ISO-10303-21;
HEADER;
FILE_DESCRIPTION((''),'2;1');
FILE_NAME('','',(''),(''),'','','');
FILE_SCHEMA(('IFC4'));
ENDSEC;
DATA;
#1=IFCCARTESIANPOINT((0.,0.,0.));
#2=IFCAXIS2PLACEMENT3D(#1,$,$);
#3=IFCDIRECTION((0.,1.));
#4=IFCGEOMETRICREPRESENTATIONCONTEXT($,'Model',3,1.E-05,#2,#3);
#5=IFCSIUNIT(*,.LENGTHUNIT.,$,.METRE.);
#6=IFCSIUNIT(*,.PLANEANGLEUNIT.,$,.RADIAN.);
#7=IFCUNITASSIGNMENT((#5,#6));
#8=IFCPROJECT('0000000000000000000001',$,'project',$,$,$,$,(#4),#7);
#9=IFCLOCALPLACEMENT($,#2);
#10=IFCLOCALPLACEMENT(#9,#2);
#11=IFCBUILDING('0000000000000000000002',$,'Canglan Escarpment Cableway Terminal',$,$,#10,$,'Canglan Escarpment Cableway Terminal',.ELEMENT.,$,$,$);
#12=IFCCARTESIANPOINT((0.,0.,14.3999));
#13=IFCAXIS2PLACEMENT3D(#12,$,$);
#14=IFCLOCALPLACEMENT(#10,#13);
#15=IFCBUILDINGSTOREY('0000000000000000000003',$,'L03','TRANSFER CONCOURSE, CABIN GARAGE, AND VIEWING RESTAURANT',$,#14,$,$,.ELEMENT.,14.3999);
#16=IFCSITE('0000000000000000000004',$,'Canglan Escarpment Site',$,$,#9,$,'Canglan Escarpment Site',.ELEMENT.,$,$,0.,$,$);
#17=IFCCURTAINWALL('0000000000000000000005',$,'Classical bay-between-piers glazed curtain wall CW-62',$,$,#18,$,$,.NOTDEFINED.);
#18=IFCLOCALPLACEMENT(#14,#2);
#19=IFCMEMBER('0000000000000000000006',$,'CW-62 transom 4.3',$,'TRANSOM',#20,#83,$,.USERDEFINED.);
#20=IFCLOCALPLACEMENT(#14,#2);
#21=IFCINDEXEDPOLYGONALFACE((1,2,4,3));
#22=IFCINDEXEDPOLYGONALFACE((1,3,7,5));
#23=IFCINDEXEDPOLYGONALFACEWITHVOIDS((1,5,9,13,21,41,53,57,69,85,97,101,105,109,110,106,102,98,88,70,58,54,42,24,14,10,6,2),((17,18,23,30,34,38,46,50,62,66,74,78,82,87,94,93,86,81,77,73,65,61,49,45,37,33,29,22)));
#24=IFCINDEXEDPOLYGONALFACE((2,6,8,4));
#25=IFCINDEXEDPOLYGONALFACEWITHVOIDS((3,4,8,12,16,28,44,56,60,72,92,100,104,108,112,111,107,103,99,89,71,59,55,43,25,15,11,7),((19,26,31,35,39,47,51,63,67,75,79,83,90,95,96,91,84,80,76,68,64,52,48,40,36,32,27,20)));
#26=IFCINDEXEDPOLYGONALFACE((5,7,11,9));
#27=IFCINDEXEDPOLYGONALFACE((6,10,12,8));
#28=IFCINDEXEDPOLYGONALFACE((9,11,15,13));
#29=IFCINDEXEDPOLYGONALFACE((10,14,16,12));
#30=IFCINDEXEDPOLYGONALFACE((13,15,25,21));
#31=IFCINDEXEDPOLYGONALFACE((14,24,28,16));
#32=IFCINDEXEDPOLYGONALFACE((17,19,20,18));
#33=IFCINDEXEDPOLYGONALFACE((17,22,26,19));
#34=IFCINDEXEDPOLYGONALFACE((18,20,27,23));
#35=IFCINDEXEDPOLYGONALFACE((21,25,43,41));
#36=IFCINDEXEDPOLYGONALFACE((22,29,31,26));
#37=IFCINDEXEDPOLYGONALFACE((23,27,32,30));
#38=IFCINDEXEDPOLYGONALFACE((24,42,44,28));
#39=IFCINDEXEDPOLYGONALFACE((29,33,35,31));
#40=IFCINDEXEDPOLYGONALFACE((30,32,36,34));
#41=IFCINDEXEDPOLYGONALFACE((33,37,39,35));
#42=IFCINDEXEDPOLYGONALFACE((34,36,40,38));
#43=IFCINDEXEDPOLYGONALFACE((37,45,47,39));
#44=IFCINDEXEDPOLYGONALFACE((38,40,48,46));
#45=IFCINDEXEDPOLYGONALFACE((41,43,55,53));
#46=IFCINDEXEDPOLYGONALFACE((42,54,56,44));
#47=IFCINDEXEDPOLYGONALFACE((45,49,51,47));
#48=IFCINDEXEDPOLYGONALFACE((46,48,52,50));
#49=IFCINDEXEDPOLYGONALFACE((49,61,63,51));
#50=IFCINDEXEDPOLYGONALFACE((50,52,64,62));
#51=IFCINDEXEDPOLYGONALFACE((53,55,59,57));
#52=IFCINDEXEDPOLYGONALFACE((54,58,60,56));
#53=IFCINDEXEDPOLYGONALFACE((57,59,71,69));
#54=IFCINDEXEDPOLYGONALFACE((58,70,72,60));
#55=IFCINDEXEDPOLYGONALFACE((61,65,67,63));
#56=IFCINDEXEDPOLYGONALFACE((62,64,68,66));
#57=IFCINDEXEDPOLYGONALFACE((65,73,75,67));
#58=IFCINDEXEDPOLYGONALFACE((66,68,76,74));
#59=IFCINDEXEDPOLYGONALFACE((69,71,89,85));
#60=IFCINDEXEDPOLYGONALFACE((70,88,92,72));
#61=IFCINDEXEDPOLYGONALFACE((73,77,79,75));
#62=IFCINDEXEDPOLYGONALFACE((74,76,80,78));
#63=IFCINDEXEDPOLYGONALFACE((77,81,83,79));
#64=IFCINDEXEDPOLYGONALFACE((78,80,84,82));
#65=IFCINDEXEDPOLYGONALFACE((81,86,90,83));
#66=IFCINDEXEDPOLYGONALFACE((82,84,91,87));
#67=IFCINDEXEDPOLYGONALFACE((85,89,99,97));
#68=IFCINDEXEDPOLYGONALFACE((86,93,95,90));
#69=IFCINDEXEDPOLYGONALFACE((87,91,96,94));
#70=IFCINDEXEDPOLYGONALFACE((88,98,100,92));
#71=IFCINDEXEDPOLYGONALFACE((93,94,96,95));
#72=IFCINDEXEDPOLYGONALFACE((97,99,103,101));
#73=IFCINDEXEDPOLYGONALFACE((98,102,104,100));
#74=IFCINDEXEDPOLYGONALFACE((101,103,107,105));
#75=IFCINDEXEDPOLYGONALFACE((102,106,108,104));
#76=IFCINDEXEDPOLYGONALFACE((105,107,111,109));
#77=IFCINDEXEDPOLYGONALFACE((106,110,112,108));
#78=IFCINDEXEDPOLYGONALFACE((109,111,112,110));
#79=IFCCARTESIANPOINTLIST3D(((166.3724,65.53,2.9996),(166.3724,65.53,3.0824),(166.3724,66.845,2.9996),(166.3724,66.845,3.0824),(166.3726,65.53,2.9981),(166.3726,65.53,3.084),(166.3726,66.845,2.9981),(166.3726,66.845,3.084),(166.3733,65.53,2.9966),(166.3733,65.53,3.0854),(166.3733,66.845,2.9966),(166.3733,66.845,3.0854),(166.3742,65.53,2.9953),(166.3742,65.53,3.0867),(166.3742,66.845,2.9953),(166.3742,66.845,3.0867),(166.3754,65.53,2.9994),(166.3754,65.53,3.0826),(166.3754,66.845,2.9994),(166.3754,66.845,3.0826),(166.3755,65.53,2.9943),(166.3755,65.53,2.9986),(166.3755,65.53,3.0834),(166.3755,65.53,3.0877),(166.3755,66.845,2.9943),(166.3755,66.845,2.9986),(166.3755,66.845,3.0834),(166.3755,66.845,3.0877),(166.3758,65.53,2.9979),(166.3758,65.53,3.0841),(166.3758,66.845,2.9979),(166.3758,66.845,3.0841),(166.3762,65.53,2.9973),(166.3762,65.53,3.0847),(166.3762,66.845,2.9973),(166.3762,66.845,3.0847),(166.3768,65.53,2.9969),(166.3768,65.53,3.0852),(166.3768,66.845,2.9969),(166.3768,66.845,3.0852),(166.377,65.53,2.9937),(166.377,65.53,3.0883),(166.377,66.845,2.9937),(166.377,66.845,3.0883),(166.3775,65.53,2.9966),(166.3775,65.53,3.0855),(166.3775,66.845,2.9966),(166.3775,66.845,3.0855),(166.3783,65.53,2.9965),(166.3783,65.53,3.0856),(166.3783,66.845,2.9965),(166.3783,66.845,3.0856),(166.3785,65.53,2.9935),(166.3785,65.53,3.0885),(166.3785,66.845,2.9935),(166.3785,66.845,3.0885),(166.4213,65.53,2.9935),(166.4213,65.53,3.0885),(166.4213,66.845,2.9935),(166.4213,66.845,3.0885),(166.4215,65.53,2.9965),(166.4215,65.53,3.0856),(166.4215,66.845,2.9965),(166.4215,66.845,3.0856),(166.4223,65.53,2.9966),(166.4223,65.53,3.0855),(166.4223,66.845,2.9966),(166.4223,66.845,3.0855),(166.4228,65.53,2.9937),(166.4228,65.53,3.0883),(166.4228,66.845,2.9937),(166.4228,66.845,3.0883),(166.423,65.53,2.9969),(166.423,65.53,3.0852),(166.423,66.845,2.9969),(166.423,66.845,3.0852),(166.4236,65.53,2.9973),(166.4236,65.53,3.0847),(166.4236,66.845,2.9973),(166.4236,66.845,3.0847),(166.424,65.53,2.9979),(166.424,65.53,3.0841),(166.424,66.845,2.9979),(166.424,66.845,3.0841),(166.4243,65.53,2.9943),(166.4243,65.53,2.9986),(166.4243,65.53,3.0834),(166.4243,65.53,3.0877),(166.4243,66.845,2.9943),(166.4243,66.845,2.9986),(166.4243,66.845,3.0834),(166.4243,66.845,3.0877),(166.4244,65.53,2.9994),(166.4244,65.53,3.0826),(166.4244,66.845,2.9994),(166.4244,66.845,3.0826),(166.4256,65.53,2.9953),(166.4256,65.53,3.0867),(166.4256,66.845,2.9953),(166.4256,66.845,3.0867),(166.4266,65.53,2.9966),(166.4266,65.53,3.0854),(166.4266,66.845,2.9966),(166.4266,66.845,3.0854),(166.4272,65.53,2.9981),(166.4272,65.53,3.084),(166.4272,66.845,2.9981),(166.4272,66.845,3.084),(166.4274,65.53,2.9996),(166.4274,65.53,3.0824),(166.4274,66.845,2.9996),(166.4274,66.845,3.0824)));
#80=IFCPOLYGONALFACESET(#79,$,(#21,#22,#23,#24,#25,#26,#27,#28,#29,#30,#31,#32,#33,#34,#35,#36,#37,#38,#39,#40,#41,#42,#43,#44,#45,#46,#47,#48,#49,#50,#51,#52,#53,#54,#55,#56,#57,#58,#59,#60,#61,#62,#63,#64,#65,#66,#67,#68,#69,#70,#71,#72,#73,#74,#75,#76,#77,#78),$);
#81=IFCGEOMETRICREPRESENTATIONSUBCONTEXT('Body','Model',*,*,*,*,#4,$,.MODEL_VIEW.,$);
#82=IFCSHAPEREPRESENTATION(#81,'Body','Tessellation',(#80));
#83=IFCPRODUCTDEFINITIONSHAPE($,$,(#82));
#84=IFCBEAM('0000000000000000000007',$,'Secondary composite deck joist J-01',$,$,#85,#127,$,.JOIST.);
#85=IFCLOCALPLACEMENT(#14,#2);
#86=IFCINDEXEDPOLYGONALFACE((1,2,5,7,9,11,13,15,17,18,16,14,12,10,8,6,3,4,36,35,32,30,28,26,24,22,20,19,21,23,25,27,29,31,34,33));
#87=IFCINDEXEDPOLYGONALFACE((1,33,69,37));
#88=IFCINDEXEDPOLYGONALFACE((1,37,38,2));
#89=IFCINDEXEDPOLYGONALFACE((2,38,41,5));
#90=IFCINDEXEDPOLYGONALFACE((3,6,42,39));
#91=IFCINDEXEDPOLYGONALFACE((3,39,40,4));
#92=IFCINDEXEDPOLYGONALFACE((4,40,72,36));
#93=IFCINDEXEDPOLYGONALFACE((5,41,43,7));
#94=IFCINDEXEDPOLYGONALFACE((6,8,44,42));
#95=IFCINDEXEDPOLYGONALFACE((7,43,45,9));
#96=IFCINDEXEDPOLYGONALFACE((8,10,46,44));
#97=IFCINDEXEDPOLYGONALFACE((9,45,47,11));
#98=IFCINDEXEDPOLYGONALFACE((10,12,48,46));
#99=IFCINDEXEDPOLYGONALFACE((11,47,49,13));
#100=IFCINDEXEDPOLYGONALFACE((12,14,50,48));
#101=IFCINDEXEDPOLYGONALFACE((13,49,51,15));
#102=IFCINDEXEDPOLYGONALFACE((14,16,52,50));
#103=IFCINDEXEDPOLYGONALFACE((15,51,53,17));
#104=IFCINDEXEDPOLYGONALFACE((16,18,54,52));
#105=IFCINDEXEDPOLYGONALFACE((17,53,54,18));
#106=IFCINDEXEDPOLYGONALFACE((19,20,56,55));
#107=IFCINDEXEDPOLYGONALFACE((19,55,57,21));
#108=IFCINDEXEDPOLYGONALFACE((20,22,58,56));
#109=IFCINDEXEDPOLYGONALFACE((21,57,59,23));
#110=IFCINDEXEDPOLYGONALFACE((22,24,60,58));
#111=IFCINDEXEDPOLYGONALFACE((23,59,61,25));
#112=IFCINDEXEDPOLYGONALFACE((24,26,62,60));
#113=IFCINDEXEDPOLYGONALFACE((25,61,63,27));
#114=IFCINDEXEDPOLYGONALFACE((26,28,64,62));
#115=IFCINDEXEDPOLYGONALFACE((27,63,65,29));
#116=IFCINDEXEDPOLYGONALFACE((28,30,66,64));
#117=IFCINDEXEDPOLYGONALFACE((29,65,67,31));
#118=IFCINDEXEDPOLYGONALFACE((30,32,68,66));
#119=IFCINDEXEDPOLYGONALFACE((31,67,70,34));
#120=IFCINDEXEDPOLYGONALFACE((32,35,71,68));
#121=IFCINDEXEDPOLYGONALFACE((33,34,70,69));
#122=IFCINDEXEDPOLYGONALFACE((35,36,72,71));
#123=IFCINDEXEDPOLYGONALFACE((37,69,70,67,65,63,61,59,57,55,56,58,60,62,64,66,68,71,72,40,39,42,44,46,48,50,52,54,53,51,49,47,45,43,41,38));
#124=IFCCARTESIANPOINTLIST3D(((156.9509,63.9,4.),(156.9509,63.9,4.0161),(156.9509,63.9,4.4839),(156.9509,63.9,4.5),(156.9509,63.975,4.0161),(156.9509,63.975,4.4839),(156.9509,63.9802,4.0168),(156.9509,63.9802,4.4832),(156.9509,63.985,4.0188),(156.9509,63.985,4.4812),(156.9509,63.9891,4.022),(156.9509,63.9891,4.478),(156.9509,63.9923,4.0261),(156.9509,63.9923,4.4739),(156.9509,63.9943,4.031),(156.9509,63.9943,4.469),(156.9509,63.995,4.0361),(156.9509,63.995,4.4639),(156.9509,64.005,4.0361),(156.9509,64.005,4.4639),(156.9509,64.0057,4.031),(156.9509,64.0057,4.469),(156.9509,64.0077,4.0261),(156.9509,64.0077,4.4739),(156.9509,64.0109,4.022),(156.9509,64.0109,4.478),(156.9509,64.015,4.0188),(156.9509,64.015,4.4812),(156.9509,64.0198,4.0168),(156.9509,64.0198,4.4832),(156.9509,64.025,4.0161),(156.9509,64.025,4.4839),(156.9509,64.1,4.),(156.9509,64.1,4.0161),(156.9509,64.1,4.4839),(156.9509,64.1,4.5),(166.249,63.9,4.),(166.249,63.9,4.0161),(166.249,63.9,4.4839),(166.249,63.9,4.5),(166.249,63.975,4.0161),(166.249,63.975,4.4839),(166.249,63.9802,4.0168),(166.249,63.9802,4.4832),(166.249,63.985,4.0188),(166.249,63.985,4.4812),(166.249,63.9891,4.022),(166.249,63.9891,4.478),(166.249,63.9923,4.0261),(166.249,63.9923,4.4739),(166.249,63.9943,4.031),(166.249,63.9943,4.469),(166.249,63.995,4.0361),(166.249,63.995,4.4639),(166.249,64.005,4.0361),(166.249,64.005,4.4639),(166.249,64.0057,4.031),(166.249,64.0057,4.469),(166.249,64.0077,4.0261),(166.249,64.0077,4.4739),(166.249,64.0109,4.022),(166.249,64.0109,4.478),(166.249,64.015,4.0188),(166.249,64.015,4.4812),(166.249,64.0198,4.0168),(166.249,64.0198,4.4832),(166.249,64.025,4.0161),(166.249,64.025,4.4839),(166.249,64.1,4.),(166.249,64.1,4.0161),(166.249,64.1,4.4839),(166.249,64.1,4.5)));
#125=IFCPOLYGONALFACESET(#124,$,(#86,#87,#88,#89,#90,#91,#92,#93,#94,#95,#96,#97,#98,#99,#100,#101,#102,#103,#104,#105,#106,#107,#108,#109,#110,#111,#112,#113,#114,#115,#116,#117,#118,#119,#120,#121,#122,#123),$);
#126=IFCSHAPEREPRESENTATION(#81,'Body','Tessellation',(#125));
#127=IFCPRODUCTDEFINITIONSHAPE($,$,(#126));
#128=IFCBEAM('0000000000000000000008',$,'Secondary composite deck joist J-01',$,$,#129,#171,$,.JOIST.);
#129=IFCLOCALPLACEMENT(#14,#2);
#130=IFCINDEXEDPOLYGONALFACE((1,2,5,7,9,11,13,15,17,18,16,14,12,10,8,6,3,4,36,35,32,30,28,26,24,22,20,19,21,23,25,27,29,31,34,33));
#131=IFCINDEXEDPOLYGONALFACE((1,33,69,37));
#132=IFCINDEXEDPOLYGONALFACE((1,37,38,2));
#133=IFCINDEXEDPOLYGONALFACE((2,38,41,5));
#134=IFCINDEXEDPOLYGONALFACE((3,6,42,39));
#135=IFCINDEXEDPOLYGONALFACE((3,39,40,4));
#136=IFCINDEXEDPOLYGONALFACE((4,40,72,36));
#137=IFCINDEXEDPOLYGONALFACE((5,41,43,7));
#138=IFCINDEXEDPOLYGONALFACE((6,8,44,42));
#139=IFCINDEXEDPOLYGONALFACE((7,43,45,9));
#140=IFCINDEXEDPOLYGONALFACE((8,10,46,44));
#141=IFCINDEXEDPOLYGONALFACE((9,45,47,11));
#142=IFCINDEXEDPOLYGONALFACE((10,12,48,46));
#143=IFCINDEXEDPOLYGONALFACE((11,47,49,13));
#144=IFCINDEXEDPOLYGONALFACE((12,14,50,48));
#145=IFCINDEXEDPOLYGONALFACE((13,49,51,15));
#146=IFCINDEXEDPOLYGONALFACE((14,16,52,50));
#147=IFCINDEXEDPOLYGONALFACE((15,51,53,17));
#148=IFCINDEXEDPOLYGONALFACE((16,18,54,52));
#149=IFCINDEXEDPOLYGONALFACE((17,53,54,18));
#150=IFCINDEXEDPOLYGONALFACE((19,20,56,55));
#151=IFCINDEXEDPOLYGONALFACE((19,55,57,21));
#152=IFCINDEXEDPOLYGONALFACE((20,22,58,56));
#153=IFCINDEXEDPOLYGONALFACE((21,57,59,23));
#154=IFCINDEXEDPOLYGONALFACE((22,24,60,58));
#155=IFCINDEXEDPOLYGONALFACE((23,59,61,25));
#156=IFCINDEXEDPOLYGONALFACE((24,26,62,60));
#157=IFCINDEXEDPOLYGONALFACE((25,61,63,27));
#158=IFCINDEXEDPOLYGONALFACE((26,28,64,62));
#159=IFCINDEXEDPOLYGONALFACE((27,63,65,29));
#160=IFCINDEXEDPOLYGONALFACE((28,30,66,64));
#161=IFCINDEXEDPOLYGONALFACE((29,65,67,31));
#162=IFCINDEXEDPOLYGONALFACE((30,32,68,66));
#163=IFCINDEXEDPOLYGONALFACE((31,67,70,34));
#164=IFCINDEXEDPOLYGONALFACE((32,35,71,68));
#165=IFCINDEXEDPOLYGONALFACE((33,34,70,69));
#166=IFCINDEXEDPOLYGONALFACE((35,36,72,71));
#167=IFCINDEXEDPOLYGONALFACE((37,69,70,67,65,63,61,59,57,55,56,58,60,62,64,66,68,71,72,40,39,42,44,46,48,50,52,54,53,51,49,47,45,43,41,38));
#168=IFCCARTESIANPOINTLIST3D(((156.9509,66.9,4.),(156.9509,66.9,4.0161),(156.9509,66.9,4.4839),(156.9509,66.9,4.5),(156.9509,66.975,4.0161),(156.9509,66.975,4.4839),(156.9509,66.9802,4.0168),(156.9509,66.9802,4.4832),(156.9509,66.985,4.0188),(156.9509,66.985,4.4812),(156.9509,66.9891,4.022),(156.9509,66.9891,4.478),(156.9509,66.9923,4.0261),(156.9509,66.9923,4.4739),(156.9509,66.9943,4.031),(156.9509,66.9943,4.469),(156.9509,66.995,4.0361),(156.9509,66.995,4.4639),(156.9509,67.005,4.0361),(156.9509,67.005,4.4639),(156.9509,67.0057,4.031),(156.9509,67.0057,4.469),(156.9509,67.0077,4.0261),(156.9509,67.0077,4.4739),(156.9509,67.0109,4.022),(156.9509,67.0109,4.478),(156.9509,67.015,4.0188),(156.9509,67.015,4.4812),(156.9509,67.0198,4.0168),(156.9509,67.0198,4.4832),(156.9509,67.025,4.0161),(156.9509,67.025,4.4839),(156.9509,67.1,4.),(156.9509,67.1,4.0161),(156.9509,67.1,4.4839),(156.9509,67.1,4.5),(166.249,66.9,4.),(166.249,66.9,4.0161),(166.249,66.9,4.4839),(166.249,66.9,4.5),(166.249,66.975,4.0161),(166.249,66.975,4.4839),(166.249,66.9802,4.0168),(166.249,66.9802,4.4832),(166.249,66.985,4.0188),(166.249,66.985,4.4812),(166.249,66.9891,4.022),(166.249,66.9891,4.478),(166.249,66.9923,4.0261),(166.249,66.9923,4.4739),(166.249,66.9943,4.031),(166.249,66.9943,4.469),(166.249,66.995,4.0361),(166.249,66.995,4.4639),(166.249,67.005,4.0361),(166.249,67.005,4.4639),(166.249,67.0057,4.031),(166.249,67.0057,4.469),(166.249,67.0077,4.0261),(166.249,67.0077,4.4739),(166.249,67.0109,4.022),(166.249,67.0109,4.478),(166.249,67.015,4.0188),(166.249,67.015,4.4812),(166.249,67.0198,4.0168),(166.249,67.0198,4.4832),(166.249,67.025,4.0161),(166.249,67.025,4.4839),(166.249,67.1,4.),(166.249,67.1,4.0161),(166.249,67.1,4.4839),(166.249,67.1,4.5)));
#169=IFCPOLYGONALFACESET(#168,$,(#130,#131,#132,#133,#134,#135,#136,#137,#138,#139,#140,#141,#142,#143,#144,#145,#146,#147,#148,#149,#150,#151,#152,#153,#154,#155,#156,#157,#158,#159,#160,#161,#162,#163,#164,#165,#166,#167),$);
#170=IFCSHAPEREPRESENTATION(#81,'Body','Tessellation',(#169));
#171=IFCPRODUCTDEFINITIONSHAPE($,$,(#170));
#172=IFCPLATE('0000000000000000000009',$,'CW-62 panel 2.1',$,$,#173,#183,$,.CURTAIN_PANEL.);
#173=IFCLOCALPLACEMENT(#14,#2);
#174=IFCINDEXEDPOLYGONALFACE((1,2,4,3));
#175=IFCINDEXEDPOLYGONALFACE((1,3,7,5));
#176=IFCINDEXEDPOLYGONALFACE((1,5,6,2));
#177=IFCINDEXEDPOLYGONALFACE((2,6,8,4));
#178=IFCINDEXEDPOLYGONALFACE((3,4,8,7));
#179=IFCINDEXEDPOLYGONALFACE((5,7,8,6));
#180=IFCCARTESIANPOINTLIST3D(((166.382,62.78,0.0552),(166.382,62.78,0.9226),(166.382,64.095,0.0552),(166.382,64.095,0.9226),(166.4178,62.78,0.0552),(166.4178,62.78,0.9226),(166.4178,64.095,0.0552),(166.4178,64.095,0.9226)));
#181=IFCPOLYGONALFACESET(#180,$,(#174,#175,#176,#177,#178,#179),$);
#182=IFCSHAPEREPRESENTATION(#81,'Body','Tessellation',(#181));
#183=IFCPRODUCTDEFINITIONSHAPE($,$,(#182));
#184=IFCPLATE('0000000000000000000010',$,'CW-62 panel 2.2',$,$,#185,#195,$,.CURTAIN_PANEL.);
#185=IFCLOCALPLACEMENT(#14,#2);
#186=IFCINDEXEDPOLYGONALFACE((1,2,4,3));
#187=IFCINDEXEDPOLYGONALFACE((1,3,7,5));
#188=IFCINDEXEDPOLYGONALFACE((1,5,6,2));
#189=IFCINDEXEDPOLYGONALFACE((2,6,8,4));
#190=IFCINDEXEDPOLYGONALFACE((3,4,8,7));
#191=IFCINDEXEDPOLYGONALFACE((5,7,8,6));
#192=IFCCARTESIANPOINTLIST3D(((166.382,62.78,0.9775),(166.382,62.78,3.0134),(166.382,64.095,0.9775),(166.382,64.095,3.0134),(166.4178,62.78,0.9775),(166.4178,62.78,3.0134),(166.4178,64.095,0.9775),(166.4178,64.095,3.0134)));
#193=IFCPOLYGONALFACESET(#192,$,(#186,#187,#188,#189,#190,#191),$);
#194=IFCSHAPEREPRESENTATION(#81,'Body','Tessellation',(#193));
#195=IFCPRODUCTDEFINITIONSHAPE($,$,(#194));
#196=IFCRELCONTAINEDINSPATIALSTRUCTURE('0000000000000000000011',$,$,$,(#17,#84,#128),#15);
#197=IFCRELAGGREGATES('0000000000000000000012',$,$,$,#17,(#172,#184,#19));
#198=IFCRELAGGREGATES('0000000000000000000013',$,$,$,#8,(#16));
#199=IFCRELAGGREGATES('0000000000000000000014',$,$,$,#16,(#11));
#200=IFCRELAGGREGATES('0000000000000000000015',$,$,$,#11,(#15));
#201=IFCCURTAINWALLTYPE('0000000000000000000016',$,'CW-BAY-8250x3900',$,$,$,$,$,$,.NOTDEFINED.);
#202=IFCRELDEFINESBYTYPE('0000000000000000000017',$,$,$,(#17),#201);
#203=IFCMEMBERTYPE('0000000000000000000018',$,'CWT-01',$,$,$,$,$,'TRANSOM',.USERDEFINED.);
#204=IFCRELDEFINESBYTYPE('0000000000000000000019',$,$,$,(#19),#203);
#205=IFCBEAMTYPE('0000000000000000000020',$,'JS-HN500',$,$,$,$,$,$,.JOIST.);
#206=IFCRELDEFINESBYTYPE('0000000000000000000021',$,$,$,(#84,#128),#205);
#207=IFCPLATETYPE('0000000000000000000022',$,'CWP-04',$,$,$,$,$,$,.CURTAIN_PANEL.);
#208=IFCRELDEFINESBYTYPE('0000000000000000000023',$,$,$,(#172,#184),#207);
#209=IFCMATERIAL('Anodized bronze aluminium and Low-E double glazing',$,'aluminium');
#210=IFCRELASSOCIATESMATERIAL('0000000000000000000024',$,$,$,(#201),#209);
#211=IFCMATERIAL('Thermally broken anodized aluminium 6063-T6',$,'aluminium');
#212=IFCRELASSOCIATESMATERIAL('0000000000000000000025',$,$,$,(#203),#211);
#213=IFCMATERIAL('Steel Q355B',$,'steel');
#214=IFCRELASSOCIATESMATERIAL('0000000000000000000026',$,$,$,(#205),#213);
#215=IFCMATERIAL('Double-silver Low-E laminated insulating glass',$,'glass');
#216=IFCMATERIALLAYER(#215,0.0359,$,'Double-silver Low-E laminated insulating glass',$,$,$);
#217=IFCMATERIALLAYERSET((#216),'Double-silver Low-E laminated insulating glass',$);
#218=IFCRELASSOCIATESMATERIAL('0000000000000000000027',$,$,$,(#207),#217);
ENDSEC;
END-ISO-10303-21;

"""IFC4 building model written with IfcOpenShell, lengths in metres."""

from ifc_helpers import new_model, si_unit, direction, frame, origin, origin_2d, place, context, subcontext, project, spatial, rectangle, hollow_rectangle, i_section, extrude, material, layer, layer_set, material_profile, profile_set, type_object, element, aggregate, save


model = new_model("IFC4")

# Units and contexts
model_context = context("Model", 3, precision=1e-05, world=origin(), true_north=direction((0.0, 1.0)))
body_context = subcontext(model_context, "Body", "Model", "MODEL_VIEW")
ifc_project = project(units=[si_unit("LENGTHUNIT", "METRE"), si_unit("PLANEANGLEUNIT", "RADIAN")], contexts=[model_context])

# Site, building, storey
site_placement = place(None, origin())
site = spatial("IfcSite", under=ifc_project, at=site_placement, Name="Canglan Escarpment Site", LongName="Canglan Escarpment Site", CompositionType="ELEMENT", RefElevation=0.0)
building_placement = place(site_placement, origin())
building = spatial("IfcBuilding", under=site, at=building_placement, Name="Canglan Escarpment Cableway Terminal", LongName="Canglan Escarpment Cableway Terminal", CompositionType="ELEMENT")
storey_placement = place(building_placement, frame((0.0, 0.0, 14.3999)))
storey = spatial("IfcBuildingStorey", under=building, at=storey_placement, Name="L03", Description="TRANSFER CONCOURSE, CABIN GARAGE, AND VIEWING RESTAURANT", CompositionType="ELEMENT", Elevation=14.3999)

# Curtain wall, member
ifc_material_1 = material(Name="Anodized bronze aluminium and Low-E double glazing", Category="aluminium")
curtain_wall_type = type_object("IfcCurtainWallType", Name="CW-BAY-8250x3900", PredefinedType="NOTDEFINED", material=ifc_material_1)
curtain_wall_placement = place(storey_placement, origin())
curtain_wall = element("IfcCurtainWall", 1, at=curtain_wall_placement, inside=storey, type_object=curtain_wall_type, Name="Classical bay-between-piers glazed curtain wall CW-62", PredefinedType="NOTDEFINED")
ifc_material_2 = material(Name="Thermally broken anodized aluminium 6063-T6", Category="aluminium")
ifc_material_profile_1 = material_profile(ifc_material_2, hollow_rectangle(XDim=0.0549, YDim=0.095, WallThickness=0.0029, InnerFilletRadius=0.0029, OuterFilletRadius=0.0061, at=origin_2d()), Name="ALU-TRAN 55x95x3")
ifc_profile_set_1 = profile_set([ifc_material_profile_1], Name="Thermally broken anodized aluminium 6063-T6")
member_type_1 = type_object("IfcMemberType", Name="CWT-01", ElementType="TRANSOM", PredefinedType="USERDEFINED", material=ifc_profile_set_1)
member_1_placement = place(storey_placement, frame((166.3999, 65.53, 3.041), z_axis=(0.0, 1.0, 0.0), x_axis=(-1.0, 0.0, 0.0)))
member_1 = element("IfcMember", 2, at=member_1_placement, type_object=member_type_1, Name="CW-62 transom 4.3", ObjectType="TRANSOM", PredefinedType="USERDEFINED", context=body_context, shape_type="SweptSolid", body=[
    extrude(hollow_rectangle(XDim=0.0549, YDim=0.095, WallThickness=0.0029, InnerFilletRadius=0.0029, OuterFilletRadius=0.0061, at=origin_2d()), origin(), (0.0, 0.0, 1.0), 1.3149),
])

# Beams
ifc_material_3 = material(Name="Steel Q355B", Category="steel")
ifc_material_profile_2 = material_profile(ifc_material_3, i_section(OverallWidth=0.2, OverallDepth=0.5, WebThickness=0.01, FlangeThickness=0.0161, FilletRadius=0.02, at=origin_2d()), Name="HN 500x200x10x16")
ifc_profile_set_2 = profile_set([ifc_material_profile_2], Name="Steel Q355B")
beam_type = type_object("IfcBeamType", Name="JS-HN500", PredefinedType="JOIST", material=ifc_profile_set_2)
for number, where, z_axis, x_axis, name in (
    (3, (156.9509, 64.0, 4.25), (1.0, 0.0, 0.0), (0.0, 1.0, 0.0), "Secondary composite deck joist J-01"),
    (4, (156.9509, 67.0, 4.25), (1.0, 0.0, 0.0), (0.0, 1.0, 0.0), "Secondary composite deck joist J-01"),
):
    element("IfcBeam", number, at=place(storey_placement, frame(where, z_axis=z_axis, x_axis=x_axis)), inside=storey, type_object=beam_type, Name=name, PredefinedType="JOIST", context=body_context, shape_type="SweptSolid", body=[
        extrude(i_section(OverallWidth=0.2, OverallDepth=0.5, WebThickness=0.01, FlangeThickness=0.0161, FilletRadius=0.02, at=origin_2d()), origin(), (0.0, 0.0, 1.0), 9.2981),
    ])

# Plates
ifc_material_4 = material(Name="Double-silver Low-E laminated insulating glass", Category="glass")
ifc_layer_1 = layer(ifc_material_4, 0.0359, Name="Double-silver Low-E laminated insulating glass")
ifc_layer_set_1 = layer_set([ifc_layer_1], Name="Double-silver Low-E laminated insulating glass")
plate_type = type_object("IfcPlateType", Name="CWP-04", PredefinedType="CURTAIN_PANEL", material=ifc_layer_set_1)
plate_1_placement = place(storey_placement, frame((166.3999, 63.4375, 0.0552), z_axis=(0.0, 0.0, 1.0), x_axis=(0.0, 1.0, 0.0)))
plate_1 = element("IfcPlate", 5, at=plate_1_placement, type_object=plate_type, Name="CW-62 panel 2.1", PredefinedType="CURTAIN_PANEL", context=body_context, shape_type="SweptSolid", body=[
    extrude(rectangle(XDim=1.3149, YDim=0.0359, at=origin_2d()), origin(), (0.0, 0.0, 1.0), 0.8674),
])
plate_2_placement = place(storey_placement, frame((166.3999, 63.4375, 0.9775), z_axis=(0.0, 0.0, 1.0), x_axis=(0.0, 1.0, 0.0)))
plate_2 = element("IfcPlate", 6, at=plate_2_placement, type_object=plate_type, Name="CW-62 panel 2.2", PredefinedType="CURTAIN_PANEL", context=body_context, shape_type="SweptSolid", body=[
    extrude(rectangle(XDim=1.3149, YDim=0.0359, at=origin_2d()), origin(), (0.0, 0.0, 1.0), 2.0359),
])
aggregate(curtain_wall, [plate_1, plate_2, member_1])

save(model, "model.ifc")
